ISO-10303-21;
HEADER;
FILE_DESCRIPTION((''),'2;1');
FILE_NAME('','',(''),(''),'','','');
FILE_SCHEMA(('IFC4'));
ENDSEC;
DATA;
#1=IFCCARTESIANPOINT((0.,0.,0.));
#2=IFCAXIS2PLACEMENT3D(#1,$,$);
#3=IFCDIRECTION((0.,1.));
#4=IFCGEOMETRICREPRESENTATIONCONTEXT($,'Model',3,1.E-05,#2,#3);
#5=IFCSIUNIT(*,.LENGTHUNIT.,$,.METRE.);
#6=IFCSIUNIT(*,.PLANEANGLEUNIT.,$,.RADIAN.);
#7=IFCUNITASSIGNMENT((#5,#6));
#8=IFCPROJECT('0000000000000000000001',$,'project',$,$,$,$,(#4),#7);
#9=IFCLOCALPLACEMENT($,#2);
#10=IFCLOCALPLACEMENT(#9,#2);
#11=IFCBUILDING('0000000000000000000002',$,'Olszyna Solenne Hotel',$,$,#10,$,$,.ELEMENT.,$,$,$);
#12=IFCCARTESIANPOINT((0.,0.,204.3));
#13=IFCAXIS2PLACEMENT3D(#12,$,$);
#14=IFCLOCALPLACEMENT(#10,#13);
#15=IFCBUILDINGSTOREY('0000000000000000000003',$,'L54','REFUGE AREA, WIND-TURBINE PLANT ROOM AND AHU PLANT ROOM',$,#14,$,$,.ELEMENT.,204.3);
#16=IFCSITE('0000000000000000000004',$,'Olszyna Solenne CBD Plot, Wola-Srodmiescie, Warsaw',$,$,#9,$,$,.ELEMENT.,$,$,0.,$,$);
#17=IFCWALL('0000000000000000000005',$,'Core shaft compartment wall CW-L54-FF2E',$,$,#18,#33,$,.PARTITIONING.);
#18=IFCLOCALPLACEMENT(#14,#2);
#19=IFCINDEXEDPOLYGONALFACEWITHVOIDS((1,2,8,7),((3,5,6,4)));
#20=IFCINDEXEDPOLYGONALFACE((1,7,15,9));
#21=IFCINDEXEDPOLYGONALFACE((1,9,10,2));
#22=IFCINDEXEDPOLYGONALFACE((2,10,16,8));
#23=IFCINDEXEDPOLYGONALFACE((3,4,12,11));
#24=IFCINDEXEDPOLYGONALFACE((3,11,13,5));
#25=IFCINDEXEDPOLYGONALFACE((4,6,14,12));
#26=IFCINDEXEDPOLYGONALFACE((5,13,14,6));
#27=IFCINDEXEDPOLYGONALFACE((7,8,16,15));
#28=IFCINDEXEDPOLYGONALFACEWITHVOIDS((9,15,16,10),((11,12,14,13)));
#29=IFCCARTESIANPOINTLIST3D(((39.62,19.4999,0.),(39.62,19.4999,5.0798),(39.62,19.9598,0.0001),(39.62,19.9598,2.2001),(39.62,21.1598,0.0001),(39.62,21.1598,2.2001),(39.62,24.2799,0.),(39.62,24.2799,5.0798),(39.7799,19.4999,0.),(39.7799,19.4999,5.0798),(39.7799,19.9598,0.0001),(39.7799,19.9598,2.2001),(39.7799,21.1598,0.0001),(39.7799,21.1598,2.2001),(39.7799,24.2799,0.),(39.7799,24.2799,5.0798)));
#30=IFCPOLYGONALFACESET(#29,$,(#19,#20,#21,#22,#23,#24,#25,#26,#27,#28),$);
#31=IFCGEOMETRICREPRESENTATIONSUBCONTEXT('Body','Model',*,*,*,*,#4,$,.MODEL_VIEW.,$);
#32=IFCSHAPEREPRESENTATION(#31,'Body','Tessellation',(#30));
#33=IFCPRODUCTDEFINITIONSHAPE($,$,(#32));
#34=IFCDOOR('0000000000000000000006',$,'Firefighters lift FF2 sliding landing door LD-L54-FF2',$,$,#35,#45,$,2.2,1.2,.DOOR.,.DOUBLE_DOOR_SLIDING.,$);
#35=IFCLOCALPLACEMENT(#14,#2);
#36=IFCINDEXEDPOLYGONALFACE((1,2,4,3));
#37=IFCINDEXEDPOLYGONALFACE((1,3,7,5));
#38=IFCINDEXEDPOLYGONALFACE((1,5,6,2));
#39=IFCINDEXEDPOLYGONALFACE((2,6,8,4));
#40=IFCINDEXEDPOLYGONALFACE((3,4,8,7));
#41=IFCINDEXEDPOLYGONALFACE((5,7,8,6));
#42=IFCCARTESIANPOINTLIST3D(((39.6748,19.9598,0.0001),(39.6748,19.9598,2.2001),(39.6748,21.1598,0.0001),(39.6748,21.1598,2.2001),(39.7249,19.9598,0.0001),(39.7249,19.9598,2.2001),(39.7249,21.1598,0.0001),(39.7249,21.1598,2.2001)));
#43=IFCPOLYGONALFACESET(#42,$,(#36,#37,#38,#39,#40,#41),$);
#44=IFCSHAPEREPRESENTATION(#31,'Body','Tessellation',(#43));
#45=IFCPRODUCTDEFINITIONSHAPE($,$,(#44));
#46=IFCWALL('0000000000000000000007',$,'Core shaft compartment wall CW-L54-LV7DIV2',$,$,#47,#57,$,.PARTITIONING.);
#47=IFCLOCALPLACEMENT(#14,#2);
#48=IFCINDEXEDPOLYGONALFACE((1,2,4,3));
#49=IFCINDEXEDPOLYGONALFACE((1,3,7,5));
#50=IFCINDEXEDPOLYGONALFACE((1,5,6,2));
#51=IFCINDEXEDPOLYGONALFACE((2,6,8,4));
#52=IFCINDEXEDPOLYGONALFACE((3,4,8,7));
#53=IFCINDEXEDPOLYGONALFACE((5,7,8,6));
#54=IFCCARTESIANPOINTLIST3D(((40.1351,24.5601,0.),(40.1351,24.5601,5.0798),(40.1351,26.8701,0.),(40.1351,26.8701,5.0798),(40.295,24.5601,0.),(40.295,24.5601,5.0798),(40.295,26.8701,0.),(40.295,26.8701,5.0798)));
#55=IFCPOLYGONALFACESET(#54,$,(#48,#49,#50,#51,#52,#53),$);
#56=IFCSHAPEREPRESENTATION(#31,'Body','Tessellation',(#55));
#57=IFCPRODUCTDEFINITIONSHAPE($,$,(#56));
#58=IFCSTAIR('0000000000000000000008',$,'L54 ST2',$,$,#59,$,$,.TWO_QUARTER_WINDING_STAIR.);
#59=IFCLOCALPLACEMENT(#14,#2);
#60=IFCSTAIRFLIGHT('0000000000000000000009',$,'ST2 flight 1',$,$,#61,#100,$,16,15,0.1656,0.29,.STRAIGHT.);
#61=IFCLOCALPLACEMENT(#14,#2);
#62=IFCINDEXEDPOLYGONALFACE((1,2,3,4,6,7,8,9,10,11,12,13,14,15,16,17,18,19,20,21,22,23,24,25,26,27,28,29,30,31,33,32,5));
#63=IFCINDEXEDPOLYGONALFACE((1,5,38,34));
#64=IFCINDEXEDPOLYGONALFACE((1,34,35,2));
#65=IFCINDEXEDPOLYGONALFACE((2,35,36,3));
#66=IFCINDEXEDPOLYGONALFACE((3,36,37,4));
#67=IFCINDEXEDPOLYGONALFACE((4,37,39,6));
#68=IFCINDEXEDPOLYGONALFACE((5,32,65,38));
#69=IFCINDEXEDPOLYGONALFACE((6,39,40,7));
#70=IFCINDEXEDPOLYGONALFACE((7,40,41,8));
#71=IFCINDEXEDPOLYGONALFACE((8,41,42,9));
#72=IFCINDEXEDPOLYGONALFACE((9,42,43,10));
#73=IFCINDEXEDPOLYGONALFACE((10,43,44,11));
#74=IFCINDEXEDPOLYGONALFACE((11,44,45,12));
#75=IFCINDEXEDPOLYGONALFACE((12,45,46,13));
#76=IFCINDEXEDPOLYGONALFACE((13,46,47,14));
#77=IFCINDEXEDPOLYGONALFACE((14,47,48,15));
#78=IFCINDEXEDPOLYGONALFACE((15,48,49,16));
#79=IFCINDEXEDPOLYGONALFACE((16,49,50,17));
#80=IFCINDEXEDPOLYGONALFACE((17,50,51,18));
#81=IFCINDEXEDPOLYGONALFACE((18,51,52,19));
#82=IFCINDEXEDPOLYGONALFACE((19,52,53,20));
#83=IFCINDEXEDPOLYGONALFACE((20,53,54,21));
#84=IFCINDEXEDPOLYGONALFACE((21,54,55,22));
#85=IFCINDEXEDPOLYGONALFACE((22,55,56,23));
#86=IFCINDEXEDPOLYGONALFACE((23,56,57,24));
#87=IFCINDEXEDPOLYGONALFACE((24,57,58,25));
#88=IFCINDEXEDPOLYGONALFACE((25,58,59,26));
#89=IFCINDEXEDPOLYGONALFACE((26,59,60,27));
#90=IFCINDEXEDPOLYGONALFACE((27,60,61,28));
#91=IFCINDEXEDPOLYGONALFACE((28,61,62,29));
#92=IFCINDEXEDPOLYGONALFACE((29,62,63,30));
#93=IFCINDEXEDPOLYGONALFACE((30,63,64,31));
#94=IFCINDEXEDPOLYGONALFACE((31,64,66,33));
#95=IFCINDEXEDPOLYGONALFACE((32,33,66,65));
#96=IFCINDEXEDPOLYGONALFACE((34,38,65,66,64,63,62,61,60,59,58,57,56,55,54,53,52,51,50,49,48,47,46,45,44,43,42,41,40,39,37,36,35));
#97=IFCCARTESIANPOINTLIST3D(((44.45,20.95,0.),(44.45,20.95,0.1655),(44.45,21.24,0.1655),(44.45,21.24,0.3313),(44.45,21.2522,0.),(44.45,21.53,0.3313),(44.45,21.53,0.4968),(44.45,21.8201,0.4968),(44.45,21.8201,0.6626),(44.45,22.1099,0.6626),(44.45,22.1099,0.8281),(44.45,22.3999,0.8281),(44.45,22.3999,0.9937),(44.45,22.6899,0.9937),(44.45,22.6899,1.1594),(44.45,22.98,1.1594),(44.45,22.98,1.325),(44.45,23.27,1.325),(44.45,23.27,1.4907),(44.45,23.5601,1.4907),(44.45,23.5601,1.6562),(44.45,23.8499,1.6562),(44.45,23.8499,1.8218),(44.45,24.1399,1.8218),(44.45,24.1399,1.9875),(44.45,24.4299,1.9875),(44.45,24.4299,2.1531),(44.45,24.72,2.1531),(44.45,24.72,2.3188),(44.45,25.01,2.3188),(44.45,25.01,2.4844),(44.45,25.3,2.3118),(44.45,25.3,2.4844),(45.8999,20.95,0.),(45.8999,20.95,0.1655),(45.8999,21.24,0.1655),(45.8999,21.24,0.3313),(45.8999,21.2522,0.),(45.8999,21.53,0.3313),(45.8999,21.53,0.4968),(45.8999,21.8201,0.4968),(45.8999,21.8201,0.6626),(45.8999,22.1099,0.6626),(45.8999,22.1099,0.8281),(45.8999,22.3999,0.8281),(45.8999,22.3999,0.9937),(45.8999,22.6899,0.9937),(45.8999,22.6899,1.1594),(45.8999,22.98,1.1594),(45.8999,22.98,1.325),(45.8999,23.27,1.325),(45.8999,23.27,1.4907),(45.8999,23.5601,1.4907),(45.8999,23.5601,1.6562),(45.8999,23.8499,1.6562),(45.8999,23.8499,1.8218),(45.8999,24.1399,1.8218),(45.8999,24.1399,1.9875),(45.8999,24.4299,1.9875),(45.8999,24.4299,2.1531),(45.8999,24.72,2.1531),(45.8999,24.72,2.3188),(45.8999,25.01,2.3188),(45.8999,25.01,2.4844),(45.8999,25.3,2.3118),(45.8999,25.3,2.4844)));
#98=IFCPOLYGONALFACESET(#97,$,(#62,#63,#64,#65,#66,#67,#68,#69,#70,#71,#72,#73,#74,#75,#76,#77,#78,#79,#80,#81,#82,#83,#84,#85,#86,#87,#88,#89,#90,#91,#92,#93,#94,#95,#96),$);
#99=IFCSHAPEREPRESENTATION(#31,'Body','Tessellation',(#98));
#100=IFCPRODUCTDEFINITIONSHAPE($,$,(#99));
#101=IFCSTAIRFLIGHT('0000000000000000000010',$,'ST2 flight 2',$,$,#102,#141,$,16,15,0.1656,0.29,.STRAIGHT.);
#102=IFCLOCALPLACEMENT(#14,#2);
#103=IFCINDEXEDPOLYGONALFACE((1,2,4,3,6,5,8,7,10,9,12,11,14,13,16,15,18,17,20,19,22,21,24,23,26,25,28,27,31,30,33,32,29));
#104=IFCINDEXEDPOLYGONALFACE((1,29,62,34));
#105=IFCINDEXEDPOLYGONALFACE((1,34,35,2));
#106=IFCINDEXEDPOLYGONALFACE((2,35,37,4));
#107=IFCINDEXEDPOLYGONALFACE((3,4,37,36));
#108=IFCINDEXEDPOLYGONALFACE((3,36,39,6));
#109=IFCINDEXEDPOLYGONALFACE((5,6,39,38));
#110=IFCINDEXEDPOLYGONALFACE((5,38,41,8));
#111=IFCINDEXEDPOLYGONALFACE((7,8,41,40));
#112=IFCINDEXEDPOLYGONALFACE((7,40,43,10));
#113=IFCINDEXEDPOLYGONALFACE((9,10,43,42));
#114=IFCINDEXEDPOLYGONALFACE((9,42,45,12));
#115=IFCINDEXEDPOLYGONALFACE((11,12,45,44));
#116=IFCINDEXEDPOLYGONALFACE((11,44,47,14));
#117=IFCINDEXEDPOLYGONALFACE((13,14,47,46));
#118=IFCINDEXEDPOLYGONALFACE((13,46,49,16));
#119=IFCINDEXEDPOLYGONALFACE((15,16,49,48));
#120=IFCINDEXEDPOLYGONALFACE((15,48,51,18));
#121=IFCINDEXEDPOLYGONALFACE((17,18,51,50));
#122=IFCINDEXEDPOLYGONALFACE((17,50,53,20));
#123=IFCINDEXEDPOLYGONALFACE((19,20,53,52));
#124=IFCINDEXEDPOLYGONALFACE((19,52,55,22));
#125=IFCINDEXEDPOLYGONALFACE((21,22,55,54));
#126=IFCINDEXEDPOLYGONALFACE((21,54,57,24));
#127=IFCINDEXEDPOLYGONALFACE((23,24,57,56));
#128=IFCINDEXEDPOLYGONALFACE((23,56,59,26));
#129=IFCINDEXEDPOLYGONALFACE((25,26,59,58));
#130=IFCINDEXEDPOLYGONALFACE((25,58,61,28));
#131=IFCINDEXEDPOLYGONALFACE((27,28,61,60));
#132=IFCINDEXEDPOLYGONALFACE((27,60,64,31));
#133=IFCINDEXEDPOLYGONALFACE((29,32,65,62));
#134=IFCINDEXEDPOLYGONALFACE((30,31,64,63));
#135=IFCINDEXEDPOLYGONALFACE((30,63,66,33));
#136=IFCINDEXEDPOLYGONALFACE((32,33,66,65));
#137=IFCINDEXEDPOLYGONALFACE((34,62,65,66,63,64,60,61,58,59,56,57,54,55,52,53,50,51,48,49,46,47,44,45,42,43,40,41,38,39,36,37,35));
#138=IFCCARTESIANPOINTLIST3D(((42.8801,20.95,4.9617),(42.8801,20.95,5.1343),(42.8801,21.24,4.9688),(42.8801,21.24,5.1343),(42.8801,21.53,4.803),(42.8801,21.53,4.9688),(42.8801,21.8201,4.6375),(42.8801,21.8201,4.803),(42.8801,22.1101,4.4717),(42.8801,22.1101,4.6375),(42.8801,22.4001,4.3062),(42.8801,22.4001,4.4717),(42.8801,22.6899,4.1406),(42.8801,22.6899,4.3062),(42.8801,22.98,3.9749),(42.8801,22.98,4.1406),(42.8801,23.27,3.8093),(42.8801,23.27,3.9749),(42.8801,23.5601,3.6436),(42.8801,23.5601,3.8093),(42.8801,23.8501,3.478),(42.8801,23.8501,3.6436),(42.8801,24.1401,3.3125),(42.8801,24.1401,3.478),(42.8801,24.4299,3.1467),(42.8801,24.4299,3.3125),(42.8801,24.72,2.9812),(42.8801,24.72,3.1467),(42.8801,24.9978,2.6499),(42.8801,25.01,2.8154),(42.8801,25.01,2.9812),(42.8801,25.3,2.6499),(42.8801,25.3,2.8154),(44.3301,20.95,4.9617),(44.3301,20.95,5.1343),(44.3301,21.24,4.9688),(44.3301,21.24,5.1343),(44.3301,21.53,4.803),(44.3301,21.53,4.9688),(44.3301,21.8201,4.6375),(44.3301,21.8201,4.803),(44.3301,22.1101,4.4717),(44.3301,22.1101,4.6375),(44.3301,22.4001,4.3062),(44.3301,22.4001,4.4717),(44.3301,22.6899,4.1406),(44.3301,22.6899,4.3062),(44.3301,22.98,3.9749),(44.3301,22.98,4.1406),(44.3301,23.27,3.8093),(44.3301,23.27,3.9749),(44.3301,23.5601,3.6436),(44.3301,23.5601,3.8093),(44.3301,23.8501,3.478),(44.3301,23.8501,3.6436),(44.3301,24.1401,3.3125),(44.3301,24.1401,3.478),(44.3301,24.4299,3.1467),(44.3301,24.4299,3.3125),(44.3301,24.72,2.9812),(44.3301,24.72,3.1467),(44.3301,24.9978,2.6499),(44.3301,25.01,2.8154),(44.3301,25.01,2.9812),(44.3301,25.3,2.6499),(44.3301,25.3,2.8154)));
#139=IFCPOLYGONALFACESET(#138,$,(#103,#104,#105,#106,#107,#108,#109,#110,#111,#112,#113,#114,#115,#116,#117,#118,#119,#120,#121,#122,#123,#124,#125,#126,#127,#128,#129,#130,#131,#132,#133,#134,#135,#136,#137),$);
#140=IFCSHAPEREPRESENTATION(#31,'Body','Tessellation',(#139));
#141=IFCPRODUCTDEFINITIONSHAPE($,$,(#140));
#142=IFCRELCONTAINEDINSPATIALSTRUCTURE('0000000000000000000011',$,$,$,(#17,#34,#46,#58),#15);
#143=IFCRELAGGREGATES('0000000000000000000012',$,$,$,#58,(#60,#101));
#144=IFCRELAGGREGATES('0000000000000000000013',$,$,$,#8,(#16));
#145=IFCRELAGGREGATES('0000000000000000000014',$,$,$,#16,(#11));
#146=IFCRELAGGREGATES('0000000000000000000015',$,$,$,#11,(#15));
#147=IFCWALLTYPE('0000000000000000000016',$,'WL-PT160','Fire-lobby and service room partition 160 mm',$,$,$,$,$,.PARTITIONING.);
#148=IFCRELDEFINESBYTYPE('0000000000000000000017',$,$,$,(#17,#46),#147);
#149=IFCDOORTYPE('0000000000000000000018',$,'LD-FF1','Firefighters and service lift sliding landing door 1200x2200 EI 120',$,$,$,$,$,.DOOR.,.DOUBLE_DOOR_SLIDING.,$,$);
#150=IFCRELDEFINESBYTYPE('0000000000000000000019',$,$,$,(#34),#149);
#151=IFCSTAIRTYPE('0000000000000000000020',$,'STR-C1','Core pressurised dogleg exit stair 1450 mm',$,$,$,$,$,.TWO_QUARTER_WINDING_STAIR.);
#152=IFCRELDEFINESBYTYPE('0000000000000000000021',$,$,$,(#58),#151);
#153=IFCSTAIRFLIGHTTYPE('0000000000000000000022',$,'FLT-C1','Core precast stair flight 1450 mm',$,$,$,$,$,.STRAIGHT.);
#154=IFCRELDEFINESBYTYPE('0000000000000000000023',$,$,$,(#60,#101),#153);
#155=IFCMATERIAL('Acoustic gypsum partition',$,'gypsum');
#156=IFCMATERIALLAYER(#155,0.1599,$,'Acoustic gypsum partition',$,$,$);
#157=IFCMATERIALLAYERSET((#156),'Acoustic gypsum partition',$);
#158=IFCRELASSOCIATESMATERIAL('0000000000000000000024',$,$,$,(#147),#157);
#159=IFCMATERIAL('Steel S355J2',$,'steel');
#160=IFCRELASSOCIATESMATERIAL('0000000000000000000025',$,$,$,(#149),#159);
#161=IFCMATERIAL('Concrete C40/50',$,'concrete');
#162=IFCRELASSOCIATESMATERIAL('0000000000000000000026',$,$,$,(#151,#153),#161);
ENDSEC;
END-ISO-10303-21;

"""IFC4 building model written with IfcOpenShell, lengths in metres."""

from ifc_helpers import new_model, si_unit, direction, frame, frame_2d, origin, place, context, subcontext, project, spatial, polyline, rectangle, outline, extrude, source, transform, mapped, material, layer, layer_set, type_object, type_shapes, element, fill, aggregate, save


model = new_model("IFC4")

# Units and contexts
model_context = context("Model", 3, precision=1e-05, world=origin(), true_north=direction((0.0, 1.0)))
body_context = subcontext(model_context, "Body", "Model", "MODEL_VIEW")
ifc_project = project(units=[si_unit("LENGTHUNIT", "METRE"), si_unit("PLANEANGLEUNIT", "RADIAN")], contexts=[model_context])

# Site, building, storey
site_placement = place(None, origin())
site = spatial("IfcSite", under=ifc_project, at=site_placement, Name="Olszyna Solenne CBD Plot, Wola-Srodmiescie, Warsaw", CompositionType="ELEMENT", RefElevation=0.0)
building_placement = place(site_placement, origin())
building = spatial("IfcBuilding", under=site, at=building_placement, Name="Olszyna Solenne Hotel", CompositionType="ELEMENT")
storey_placement = place(building_placement, frame((0.0, 0.0, 204.3)))
storey = spatial("IfcBuildingStorey", under=building, at=storey_placement, Name="L54", Description="REFUGE AREA, WIND-TURBINE PLANT ROOM AND AHU PLANT ROOM", CompositionType="ELEMENT", Elevation=204.3)

# Shared definitions
ifc_material_1 = material(Name="Steel S355J2", Category="steel")

# Shared definitions
ifc_material_2 = material(Name="Acoustic gypsum partition", Category="gypsum")

# Shared definitions
ifc_layer_1 = layer(ifc_material_2, 0.1599, Name="Acoustic gypsum partition")
ifc_layer_set_1 = layer_set([ifc_layer_1], Name="Acoustic gypsum partition")
wall_type_1 = type_object("IfcWallType", Name="WL-PT160", Description="Fire-lobby and service room partition 160 mm", PredefinedType="PARTITIONING", material=ifc_layer_set_1)

# Wall, opening, door
wall_1_placement = place(storey_placement, frame((39.7, 24.28, 0.0), z_axis=(0.0, 0.0, 1.0), x_axis=(0.0, -1.0, 0.0)))
wall_1 = element("IfcWall", 1, at=wall_1_placement, inside=storey, type_object=wall_type_1, Name="Core shaft compartment wall CW-L54-FF2E", PredefinedType="PARTITIONING", context=body_context, shape_type="SweptSolid", body=[
    extrude(rectangle(XDim=4.78, YDim=0.1599, at=frame_2d((2.3901, 0.0))), origin(), (0.0, 0.0, 1.0), 5.0798),
])
opening_1_placement = place(wall_1_placement, frame((3.1201, 0.0, 0.0)))
opening_1 = element("IfcOpeningElement", 2, at=opening_1_placement, cuts=wall_1, PredefinedType="OPENING", context=body_context, shape_type="SweptSolid", body=[
    extrude(rectangle(XDim=1.2, YDim=2.2, at=frame_2d((0.6001, 1.1001))), frame((0.0, 0.0898, 0.0), z_axis=(0.0, -1.0, 0.0), x_axis=(1.0, 0.0, 0.0)), (0.0, 0.0, 1.0), 0.1799),
])
door_type_1 = type_object("IfcDoorType", Name="LD-FF1", Description="Firefighters and service lift sliding landing door 1200x2200 EI 120", OperationType="DOUBLE_DOOR_SLIDING", PredefinedType="DOOR", material=ifc_material_1)
shared_shape_1 = source(origin(), body_context, "Body", "SweptSolid", [
    extrude(rectangle(XDim=1.2, YDim=2.2, at=frame_2d((0.6001, 1.1001))), frame((0.0, 0.0249, 0.0), z_axis=(0.0, -1.0, 0.0), x_axis=(1.0, 0.0, 0.0)), (0.0, 0.0, 1.0), 0.05),
])
type_shapes(door_type_1, [shared_shape_1])
door_1_placement = place(opening_1_placement, origin())
door_1 = element("IfcDoor", 3, at=door_1_placement, inside=storey, type_object=door_type_1, Name="Firefighters lift FF2 sliding landing door LD-L54-FF2", OperationType="DOUBLE_DOOR_SLIDING", OverallHeight=2.2, OverallWidth=1.2, PredefinedType="DOOR", context=body_context, shape_type="MappedRepresentation", body=[
    mapped(shared_shape_1, transform((0.0, 0.0, 0.0), x_axis=(1.0, 0.0, 0.0), y_axis=(0.0, 1.0, 0.0), z_axis=(0.0, 0.0, 1.0), scale=1.0)),
])
fill(opening_1, door_1)

# Wall
wall_2_placement = place(storey_placement, frame((40.2151, 24.5601, 0.0), z_axis=(0.0, 0.0, 1.0), x_axis=(0.0, 1.0, 0.0)))
element("IfcWall", 4, at=wall_2_placement, inside=storey, type_object=wall_type_1, Name="Core shaft compartment wall CW-L54-LV7DIV2", PredefinedType="PARTITIONING", context=body_context, shape_type="SweptSolid", body=[
    extrude(rectangle(XDim=2.3101, YDim=0.1599, at=frame_2d((1.155, 0.0))), origin(), (0.0, 0.0, 1.0), 5.0798),
])

# Stair, stair flights
ifc_material_3 = material(Name="Concrete C40/50", Category="concrete")
stair_type = type_object("IfcStairType", Name="STR-C1", Description="Core pressurised dogleg exit stair 1450 mm", PredefinedType="TWO_QUARTER_WINDING_STAIR", material=ifc_material_3)
stair_placement = place(storey_placement, origin())
stair = element("IfcStair", 5, at=stair_placement, inside=storey, type_object=stair_type, Name="L54 ST2", PredefinedType="TWO_QUARTER_WINDING_STAIR")
stair_flight_type = type_object("IfcStairFlightType", Name="FLT-C1", Description="Core precast stair flight 1450 mm", PredefinedType="STRAIGHT", material=ifc_material_3)
stair_flight_1_placement = place(storey_placement, frame((45.175, 20.95, 0.0), z_axis=(0.0, 0.0, 1.0), x_axis=(0.0, 1.0, 0.0)))
stair_flight_1 = element("IfcStairFlight", 6, at=stair_flight_1_placement, type_object=stair_flight_type, Name="ST2 flight 1", NumberOfRisers=16, NumberOfTreads=15, PredefinedType="STRAIGHT", RiserHeight=0.1656, TreadLength=0.29, context=body_context, shape_type="SweptSolid", body=[
    extrude(outline(polyline([(0.0, 0.0), (0.0, 0.1655), (0.29, 0.1655), (0.29, 0.3313), (0.5801, 0.3313), (0.5801, 0.4968), (0.8701, 0.4968), (0.8701, 0.6626), (1.1599, 0.6626), (1.1599, 0.8281), (1.45, 0.8281), (1.45, 0.9937), (1.74, 0.9937), (1.74, 1.1594), (2.03, 1.1594), (2.03, 1.325), (2.3201, 1.325), (2.3201, 1.4907), (2.6101, 1.4907), (2.6101, 1.6562), (2.8999, 1.6562), (2.8999, 1.8218), (3.1899, 1.8218), (3.1899, 1.9875), (3.48, 1.9875), (3.48, 2.1531), (3.77, 2.1531), (3.77, 2.3188), (4.0601, 2.3188), (4.0601, 2.4844), (4.3501, 2.4844), (4.3501, 2.6499), (4.3501, 2.3118), (0.3022, 0.0), (0.0, 0.0)])), frame((0.0, 0.7251, 0.0), z_axis=(0.0, -1.0, 0.0), x_axis=(1.0, 0.0, 0.0)), (0.0, 0.0, 1.0), 1.45),
])
stair_flight_2_placement = place(storey_placement, frame((43.605, 25.3, 2.6499), z_axis=(0.0, 0.0, 1.0), x_axis=(0.0, -1.0, 0.0)))
stair_flight_2 = element("IfcStairFlight", 7, at=stair_flight_2_placement, type_object=stair_flight_type, Name="ST2 flight 2", NumberOfRisers=16, NumberOfTreads=15, PredefinedType="STRAIGHT", RiserHeight=0.1656, TreadLength=0.29, context=body_context, shape_type="SweptSolid", body=[
    extrude(outline(polyline([(0.0, 0.0), (0.0, 0.1655), (0.29, 0.1655), (0.29, 0.3313), (0.5801, 0.3313), (0.5801, 0.4968), (0.8701, 0.4968), (0.8701, 0.6626), (1.1599, 0.6626), (1.1599, 0.8281), (1.45, 0.8281), (1.45, 0.9937), (1.74, 0.9937), (1.74, 1.1594), (2.03, 1.1594), (2.03, 1.325), (2.3201, 1.325), (2.3201, 1.4907), (2.6101, 1.4907), (2.6101, 1.6562), (2.8999, 1.6562), (2.8999, 1.8218), (3.1899, 1.8218), (3.1899, 1.9875), (3.48, 1.9875), (3.48, 2.1531), (3.77, 2.1531), (3.77, 2.3188), (4.0601, 2.3188), (4.0601, 2.4844), (4.3501, 2.4844), (4.3501, 2.6499), (4.3501, 2.3118), (0.3022, 0.0), (0.0, 0.0)])), frame((0.0, 0.7251, 0.0), z_axis=(0.0, -1.0, 0.0), x_axis=(1.0, 0.0, 0.0)), (0.0, 0.0, 1.0), 1.45),
])
aggregate(stair, [stair_flight_1, stair_flight_2])

save(model, "model.ifc")
